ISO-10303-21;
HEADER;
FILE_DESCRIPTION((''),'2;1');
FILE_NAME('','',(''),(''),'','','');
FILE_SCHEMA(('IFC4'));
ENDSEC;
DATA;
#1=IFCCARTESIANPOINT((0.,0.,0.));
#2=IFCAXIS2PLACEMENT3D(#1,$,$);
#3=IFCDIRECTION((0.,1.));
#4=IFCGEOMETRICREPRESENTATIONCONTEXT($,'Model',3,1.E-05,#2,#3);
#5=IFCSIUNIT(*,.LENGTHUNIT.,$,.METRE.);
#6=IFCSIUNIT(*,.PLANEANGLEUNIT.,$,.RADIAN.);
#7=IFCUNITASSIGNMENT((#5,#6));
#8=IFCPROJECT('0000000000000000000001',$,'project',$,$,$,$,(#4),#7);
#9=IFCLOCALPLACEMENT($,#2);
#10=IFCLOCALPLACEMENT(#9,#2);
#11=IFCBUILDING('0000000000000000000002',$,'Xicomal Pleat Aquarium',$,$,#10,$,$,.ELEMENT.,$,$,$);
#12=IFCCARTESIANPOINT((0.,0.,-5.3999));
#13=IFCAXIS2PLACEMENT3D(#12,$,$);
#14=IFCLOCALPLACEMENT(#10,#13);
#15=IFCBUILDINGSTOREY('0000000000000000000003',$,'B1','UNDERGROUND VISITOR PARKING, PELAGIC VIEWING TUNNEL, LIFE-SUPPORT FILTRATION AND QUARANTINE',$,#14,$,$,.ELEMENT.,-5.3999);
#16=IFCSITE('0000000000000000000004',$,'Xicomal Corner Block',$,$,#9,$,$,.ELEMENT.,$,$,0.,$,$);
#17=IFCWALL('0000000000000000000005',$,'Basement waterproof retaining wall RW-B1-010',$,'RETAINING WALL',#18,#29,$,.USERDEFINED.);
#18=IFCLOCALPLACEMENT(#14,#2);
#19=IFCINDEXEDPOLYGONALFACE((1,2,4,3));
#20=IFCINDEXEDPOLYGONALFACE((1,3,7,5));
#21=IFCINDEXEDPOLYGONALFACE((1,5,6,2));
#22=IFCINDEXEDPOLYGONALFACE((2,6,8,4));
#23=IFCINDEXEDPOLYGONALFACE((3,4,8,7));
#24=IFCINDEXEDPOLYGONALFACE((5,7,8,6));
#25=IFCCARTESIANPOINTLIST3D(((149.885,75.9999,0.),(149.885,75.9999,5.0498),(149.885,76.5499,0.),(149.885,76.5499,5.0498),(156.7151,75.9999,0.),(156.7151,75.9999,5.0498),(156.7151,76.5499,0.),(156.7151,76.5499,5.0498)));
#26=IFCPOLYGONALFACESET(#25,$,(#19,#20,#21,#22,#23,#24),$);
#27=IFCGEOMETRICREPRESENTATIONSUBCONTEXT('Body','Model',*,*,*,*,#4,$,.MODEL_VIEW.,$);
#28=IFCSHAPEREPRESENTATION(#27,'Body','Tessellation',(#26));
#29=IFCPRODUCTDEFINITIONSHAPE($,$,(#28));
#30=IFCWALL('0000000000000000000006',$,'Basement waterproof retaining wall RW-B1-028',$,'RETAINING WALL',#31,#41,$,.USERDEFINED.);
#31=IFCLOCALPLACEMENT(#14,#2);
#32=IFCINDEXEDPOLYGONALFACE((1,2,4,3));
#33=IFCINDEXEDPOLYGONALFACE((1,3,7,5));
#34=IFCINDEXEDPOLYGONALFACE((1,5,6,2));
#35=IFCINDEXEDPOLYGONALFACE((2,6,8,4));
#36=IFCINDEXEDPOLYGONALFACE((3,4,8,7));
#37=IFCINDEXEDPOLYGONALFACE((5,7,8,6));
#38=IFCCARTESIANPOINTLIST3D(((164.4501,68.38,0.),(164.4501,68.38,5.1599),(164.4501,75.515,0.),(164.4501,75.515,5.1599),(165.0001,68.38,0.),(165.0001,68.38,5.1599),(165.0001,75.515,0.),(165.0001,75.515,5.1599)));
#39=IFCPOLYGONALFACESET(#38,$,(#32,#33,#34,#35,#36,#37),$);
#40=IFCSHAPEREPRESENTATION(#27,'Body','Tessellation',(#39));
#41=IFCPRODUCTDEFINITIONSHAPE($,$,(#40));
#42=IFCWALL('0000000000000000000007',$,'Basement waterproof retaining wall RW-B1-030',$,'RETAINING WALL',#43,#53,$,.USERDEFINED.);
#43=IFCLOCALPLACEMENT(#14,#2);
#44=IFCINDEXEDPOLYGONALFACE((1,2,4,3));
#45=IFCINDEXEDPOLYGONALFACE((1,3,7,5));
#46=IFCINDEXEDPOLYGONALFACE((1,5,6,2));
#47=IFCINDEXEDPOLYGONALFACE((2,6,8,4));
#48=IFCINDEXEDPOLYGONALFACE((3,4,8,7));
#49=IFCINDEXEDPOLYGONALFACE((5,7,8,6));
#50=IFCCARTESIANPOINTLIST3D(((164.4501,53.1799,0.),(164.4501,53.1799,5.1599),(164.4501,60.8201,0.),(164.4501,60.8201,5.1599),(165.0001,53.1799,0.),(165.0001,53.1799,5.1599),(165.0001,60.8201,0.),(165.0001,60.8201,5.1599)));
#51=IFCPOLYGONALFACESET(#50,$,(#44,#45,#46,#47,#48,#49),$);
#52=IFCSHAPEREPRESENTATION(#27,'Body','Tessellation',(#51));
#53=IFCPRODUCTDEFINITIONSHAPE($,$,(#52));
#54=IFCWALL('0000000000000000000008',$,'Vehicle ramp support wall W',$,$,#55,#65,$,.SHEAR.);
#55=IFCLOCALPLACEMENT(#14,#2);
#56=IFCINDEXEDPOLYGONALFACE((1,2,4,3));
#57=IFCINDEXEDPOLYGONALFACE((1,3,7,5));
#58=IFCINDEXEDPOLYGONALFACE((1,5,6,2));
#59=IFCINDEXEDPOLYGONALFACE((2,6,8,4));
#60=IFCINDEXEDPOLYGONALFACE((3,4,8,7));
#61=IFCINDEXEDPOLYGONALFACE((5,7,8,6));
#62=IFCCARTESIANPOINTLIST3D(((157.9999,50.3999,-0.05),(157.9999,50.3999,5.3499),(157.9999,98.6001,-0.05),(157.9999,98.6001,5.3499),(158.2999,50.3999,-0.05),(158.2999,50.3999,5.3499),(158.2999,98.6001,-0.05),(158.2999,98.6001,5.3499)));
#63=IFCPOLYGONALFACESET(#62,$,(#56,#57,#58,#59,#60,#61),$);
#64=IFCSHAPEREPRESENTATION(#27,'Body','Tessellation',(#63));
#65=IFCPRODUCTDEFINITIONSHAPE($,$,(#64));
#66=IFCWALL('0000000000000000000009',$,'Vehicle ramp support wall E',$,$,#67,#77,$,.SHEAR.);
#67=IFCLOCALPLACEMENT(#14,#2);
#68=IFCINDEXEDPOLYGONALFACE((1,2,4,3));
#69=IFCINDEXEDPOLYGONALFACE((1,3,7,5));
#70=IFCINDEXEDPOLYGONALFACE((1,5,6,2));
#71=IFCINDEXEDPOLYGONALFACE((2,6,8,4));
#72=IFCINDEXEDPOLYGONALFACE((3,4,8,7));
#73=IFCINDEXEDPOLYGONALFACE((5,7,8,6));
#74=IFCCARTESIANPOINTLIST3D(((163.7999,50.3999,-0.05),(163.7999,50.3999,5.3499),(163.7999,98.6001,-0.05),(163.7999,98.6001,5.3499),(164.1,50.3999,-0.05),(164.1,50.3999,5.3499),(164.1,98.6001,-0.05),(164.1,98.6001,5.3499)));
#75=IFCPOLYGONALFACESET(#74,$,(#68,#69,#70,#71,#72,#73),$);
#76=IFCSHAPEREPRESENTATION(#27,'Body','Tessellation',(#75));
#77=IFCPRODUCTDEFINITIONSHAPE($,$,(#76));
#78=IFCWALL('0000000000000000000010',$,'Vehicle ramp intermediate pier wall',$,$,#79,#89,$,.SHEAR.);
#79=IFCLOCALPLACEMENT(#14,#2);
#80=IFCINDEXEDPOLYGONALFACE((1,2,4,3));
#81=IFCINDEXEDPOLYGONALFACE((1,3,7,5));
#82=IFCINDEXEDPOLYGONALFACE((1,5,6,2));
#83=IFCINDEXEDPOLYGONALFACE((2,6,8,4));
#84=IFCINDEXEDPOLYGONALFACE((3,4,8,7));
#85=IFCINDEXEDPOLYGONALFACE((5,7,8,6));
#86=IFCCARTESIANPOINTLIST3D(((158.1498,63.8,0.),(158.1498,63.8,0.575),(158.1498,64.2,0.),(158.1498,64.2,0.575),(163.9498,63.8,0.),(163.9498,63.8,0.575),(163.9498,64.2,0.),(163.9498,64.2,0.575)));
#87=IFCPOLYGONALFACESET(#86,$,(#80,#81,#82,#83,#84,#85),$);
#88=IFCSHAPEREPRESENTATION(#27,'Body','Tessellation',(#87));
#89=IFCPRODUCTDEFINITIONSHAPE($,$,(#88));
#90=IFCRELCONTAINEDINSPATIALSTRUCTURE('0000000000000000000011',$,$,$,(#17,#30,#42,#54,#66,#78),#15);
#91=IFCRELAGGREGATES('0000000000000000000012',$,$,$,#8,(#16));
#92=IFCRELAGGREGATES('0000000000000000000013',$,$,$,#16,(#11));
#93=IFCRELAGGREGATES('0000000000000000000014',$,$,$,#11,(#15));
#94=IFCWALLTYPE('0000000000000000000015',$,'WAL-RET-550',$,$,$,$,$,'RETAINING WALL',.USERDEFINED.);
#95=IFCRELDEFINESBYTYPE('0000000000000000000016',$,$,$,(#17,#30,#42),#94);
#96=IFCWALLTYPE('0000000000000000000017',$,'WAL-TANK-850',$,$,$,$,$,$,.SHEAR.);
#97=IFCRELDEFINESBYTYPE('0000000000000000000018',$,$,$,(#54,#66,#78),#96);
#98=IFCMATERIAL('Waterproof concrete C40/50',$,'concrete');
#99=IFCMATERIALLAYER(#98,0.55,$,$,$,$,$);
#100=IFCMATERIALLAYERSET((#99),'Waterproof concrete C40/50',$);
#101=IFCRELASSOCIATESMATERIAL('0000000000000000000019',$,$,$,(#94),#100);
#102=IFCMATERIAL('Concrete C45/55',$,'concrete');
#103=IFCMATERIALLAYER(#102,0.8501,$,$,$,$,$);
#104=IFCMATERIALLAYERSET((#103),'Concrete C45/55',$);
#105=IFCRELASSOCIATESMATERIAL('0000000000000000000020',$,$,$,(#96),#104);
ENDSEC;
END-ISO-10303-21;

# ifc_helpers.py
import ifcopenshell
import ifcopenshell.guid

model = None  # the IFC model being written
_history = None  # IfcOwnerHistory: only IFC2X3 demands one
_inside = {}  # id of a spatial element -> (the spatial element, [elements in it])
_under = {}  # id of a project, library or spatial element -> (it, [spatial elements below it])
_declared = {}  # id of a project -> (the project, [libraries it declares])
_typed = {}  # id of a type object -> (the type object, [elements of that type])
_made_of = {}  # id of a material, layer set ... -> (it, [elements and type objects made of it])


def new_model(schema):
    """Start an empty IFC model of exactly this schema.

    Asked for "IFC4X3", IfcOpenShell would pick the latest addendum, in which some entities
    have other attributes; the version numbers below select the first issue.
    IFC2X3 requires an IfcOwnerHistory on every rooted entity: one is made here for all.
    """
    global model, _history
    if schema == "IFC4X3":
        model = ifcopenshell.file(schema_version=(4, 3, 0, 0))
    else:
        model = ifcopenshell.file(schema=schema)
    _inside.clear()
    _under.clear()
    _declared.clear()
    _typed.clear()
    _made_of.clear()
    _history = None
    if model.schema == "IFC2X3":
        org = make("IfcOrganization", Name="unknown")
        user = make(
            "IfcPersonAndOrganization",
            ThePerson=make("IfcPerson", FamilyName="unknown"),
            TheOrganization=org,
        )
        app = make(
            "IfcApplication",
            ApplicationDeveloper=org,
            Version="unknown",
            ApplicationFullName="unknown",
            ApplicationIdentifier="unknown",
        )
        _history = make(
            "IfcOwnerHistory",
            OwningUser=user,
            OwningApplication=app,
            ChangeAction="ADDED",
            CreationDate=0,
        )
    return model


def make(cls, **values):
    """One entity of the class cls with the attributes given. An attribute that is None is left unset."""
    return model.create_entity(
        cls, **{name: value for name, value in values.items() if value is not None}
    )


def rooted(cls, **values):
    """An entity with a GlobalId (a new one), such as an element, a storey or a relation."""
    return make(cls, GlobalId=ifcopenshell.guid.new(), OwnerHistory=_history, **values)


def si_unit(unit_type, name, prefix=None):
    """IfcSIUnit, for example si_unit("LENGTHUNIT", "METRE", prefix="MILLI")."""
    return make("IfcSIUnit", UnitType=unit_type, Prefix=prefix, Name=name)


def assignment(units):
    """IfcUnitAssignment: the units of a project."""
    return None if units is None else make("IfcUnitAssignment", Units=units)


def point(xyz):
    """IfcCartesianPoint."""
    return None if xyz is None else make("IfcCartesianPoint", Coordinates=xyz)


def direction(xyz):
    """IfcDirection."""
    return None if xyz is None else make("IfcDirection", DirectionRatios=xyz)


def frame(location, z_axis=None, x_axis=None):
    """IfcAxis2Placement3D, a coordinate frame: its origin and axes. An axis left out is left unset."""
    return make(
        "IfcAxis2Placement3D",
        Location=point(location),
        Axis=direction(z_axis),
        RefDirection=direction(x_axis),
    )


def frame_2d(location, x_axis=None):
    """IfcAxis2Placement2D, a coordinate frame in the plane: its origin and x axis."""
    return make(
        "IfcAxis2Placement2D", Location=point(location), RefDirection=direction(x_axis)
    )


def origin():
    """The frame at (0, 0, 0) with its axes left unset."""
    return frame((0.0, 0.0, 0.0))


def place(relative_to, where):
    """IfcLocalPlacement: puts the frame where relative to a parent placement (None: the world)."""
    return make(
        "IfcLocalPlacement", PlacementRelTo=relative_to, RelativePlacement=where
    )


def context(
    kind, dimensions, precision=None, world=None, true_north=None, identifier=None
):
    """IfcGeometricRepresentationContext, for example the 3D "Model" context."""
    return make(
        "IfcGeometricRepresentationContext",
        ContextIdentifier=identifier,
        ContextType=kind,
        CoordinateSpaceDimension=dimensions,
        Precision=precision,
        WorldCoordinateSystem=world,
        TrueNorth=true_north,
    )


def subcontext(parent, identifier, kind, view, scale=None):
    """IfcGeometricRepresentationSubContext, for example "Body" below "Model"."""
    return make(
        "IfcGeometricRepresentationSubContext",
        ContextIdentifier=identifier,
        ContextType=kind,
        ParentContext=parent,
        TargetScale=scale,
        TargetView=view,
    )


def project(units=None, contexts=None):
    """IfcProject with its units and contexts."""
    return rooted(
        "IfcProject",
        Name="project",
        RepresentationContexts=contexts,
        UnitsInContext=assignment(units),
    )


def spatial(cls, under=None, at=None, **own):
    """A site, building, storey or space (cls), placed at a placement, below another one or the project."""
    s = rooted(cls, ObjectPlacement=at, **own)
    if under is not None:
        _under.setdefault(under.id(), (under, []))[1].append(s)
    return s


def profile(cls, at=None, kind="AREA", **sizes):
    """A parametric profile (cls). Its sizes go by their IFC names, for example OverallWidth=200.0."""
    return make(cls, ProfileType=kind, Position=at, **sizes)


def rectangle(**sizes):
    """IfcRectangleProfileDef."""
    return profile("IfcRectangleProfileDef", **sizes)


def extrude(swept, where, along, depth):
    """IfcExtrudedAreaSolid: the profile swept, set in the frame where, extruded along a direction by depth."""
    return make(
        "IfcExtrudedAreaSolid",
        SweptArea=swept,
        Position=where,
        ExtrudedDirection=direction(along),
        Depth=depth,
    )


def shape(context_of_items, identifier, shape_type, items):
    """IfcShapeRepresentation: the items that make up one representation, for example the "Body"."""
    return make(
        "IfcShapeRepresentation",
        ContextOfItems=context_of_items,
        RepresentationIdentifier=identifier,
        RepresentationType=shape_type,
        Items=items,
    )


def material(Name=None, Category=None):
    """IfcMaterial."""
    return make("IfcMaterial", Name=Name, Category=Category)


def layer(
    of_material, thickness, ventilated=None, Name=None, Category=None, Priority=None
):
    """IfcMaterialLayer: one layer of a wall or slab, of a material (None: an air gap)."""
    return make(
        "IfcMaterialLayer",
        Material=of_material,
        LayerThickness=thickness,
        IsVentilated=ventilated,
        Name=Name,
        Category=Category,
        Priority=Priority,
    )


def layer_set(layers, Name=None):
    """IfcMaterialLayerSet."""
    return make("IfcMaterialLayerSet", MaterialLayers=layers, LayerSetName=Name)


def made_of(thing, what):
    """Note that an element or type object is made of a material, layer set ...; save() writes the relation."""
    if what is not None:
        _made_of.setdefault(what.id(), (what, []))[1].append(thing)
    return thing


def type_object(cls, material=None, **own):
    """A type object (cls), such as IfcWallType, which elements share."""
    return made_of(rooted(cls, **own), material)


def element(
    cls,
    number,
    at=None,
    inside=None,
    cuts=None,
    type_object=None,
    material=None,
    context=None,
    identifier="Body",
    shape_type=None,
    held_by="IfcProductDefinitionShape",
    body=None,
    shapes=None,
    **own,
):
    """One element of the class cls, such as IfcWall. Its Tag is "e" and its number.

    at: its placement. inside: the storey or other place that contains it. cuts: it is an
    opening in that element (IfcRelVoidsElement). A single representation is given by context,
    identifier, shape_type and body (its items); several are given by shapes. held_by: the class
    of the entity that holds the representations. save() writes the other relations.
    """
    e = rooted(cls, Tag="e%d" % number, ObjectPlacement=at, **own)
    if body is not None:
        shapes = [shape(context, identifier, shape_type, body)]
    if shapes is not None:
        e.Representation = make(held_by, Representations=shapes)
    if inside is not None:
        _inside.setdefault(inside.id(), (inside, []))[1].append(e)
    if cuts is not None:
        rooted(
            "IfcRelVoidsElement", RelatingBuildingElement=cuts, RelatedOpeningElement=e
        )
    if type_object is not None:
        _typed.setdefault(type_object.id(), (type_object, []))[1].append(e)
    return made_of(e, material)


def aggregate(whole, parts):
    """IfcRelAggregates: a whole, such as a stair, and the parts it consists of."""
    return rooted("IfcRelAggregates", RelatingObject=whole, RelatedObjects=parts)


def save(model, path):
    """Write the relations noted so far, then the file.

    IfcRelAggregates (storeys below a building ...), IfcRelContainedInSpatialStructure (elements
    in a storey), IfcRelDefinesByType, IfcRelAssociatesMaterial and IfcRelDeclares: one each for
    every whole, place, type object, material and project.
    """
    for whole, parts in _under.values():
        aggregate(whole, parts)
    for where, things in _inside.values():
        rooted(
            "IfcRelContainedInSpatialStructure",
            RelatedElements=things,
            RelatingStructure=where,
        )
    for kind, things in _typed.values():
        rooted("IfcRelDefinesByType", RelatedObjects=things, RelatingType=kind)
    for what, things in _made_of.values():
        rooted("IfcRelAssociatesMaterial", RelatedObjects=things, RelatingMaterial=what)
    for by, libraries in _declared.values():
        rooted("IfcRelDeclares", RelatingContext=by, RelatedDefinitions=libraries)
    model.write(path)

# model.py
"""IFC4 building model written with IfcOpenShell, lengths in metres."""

from ifc_helpers import new_model, si_unit, direction, frame, frame_2d, origin, place, context, subcontext, project, spatial, rectangle, extrude, material, layer, layer_set, type_object, element, save


model = new_model("IFC4")

# Units and contexts
model_context = context("Model", 3, precision=1e-05, world=origin(), true_north=direction((0.0, 1.0)))
body_context = subcontext(model_context, "Body", "Model", "MODEL_VIEW")
ifc_project = project(units=[si_unit("LENGTHUNIT", "METRE"), si_unit("PLANEANGLEUNIT", "RADIAN")], contexts=[model_context])

# Site, building, storey
site_placement = place(None, origin())
site = spatial("IfcSite", under=ifc_project, at=site_placement, Name="Xicomal Corner Block", CompositionType="ELEMENT", RefElevation=0.0)
building_placement = place(site_placement, origin())
building = spatial("IfcBuilding", under=site, at=building_placement, Name="Xicomal Pleat Aquarium", CompositionType="ELEMENT")
storey_placement = place(building_placement, frame((0.0, 0.0, -5.3999)))
storey = spatial("IfcBuildingStorey", under=building, at=storey_placement, Name="B1", Description="UNDERGROUND VISITOR PARKING, PELAGIC VIEWING TUNNEL, LIFE-SUPPORT FILTRATION AND QUARANTINE", CompositionType="ELEMENT", Elevation=-5.3999)

# Walls
ifc_material_1 = material(Name="Waterproof concrete C40/50", Category="concrete")
ifc_layer_1 = layer(ifc_material_1, 0.55)
ifc_layer_set_1 = layer_set([ifc_layer_1], Name="Waterproof concrete C40/50")
wall_type_1 = type_object("IfcWallType", Name="WAL-RET-550", ElementType="RETAINING WALL", PredefinedType="USERDEFINED", material=ifc_layer_set_1)
wall_1_placement = place(storey_placement, frame((156.7151, 76.2749, 0.0), z_axis=(0.0, 0.0, 1.0), x_axis=(-1.0, 0.0, 0.0)))
element("IfcWall", 1, at=wall_1_placement, inside=storey, type_object=wall_type_1, Name="Basement waterproof retaining wall RW-B1-010", ObjectType="RETAINING WALL", PredefinedType="USERDEFINED", context=body_context, shape_type="SweptSolid", body=[
    extrude(rectangle(XDim=6.8301, YDim=0.55, at=frame_2d((3.415, 0.0))), origin(), (0.0, 0.0, 1.0), 5.0498),
])
wall_2_placement = place(storey_placement, frame((164.7251, 75.5149, 0.0), z_axis=(0.0, 0.0, 1.0), x_axis=(0.0, -1.0, 0.0)))
element("IfcWall", 2, at=wall_2_placement, inside=storey, type_object=wall_type_1, Name="Basement waterproof retaining wall RW-B1-028", ObjectType="RETAINING WALL", PredefinedType="USERDEFINED", context=body_context, shape_type="SweptSolid", body=[
    extrude(rectangle(XDim=7.135, YDim=0.55, at=frame_2d((3.5674, 0.0))), origin(), (0.0, 0.0, 1.0), 5.1599),
])
wall_3_placement = place(storey_placement, frame((164.7251, 60.8201, 0.0), z_axis=(0.0, 0.0, 1.0), x_axis=(0.0, -1.0, 0.0)))
element("IfcWall", 3, at=wall_3_placement, inside=storey, type_object=wall_type_1, Name="Basement waterproof retaining wall RW-B1-030", ObjectType="RETAINING WALL", PredefinedType="USERDEFINED", context=body_context, shape_type="SweptSolid", body=[
    extrude(rectangle(XDim=7.6401, YDim=0.55, at=frame_2d((3.8201, 0.0))), origin(), (0.0, 0.0, 1.0), 5.1599),
])
ifc_material_2 = material(Name="Concrete C45/55", Category="concrete")
ifc_layer_2 = layer(ifc_material_2, 0.8501)
ifc_layer_set_2 = layer_set([ifc_layer_2], Name="Concrete C45/55")
wall_type_2 = type_object("IfcWallType", Name="WAL-TANK-850", PredefinedType="SHEAR", material=ifc_layer_set_2)
for number, where, z_axis, x_axis, name in (
    (4, (158.1499, 50.3999, -0.05), (0.0, 0.0, 1.0), (0.0, 1.0, 0.0), "Vehicle ramp support wall W"),
    (5, (163.95, 50.3999, -0.05), (0.0, 0.0, 1.0), (0.0, 1.0, 0.0), "Vehicle ramp support wall E"),
):
    element("IfcWall", number, at=place(storey_placement, frame(where, z_axis=z_axis, x_axis=x_axis)), inside=storey, type_object=wall_type_2, Name=name, PredefinedType="SHEAR", context=body_context, shape_type="SweptSolid", body=[
        extrude(rectangle(XDim=48.2002, YDim=0.3, at=frame_2d((24.1001, 0.0))), origin(), (0.0, 0.0, 1.0), 5.3999),
    ])
wall_4_placement = place(storey_placement, frame((158.1499, 64.0, 0.0), z_axis=(0.0, 0.0, 1.0), x_axis=(1.0, 0.0, 0.0)))
element("IfcWall", 6, at=wall_4_placement, inside=storey, type_object=wall_type_2, Name="Vehicle ramp intermediate pier wall", PredefinedType="SHEAR", context=body_context, shape_type="SweptSolid", body=[
    extrude(rectangle(XDim=5.8, YDim=0.3999, at=frame_2d((2.8999, 0.0))), origin(), (0.0, 0.0, 1.0), 0.575),
])

save(model, "model.ifc")
